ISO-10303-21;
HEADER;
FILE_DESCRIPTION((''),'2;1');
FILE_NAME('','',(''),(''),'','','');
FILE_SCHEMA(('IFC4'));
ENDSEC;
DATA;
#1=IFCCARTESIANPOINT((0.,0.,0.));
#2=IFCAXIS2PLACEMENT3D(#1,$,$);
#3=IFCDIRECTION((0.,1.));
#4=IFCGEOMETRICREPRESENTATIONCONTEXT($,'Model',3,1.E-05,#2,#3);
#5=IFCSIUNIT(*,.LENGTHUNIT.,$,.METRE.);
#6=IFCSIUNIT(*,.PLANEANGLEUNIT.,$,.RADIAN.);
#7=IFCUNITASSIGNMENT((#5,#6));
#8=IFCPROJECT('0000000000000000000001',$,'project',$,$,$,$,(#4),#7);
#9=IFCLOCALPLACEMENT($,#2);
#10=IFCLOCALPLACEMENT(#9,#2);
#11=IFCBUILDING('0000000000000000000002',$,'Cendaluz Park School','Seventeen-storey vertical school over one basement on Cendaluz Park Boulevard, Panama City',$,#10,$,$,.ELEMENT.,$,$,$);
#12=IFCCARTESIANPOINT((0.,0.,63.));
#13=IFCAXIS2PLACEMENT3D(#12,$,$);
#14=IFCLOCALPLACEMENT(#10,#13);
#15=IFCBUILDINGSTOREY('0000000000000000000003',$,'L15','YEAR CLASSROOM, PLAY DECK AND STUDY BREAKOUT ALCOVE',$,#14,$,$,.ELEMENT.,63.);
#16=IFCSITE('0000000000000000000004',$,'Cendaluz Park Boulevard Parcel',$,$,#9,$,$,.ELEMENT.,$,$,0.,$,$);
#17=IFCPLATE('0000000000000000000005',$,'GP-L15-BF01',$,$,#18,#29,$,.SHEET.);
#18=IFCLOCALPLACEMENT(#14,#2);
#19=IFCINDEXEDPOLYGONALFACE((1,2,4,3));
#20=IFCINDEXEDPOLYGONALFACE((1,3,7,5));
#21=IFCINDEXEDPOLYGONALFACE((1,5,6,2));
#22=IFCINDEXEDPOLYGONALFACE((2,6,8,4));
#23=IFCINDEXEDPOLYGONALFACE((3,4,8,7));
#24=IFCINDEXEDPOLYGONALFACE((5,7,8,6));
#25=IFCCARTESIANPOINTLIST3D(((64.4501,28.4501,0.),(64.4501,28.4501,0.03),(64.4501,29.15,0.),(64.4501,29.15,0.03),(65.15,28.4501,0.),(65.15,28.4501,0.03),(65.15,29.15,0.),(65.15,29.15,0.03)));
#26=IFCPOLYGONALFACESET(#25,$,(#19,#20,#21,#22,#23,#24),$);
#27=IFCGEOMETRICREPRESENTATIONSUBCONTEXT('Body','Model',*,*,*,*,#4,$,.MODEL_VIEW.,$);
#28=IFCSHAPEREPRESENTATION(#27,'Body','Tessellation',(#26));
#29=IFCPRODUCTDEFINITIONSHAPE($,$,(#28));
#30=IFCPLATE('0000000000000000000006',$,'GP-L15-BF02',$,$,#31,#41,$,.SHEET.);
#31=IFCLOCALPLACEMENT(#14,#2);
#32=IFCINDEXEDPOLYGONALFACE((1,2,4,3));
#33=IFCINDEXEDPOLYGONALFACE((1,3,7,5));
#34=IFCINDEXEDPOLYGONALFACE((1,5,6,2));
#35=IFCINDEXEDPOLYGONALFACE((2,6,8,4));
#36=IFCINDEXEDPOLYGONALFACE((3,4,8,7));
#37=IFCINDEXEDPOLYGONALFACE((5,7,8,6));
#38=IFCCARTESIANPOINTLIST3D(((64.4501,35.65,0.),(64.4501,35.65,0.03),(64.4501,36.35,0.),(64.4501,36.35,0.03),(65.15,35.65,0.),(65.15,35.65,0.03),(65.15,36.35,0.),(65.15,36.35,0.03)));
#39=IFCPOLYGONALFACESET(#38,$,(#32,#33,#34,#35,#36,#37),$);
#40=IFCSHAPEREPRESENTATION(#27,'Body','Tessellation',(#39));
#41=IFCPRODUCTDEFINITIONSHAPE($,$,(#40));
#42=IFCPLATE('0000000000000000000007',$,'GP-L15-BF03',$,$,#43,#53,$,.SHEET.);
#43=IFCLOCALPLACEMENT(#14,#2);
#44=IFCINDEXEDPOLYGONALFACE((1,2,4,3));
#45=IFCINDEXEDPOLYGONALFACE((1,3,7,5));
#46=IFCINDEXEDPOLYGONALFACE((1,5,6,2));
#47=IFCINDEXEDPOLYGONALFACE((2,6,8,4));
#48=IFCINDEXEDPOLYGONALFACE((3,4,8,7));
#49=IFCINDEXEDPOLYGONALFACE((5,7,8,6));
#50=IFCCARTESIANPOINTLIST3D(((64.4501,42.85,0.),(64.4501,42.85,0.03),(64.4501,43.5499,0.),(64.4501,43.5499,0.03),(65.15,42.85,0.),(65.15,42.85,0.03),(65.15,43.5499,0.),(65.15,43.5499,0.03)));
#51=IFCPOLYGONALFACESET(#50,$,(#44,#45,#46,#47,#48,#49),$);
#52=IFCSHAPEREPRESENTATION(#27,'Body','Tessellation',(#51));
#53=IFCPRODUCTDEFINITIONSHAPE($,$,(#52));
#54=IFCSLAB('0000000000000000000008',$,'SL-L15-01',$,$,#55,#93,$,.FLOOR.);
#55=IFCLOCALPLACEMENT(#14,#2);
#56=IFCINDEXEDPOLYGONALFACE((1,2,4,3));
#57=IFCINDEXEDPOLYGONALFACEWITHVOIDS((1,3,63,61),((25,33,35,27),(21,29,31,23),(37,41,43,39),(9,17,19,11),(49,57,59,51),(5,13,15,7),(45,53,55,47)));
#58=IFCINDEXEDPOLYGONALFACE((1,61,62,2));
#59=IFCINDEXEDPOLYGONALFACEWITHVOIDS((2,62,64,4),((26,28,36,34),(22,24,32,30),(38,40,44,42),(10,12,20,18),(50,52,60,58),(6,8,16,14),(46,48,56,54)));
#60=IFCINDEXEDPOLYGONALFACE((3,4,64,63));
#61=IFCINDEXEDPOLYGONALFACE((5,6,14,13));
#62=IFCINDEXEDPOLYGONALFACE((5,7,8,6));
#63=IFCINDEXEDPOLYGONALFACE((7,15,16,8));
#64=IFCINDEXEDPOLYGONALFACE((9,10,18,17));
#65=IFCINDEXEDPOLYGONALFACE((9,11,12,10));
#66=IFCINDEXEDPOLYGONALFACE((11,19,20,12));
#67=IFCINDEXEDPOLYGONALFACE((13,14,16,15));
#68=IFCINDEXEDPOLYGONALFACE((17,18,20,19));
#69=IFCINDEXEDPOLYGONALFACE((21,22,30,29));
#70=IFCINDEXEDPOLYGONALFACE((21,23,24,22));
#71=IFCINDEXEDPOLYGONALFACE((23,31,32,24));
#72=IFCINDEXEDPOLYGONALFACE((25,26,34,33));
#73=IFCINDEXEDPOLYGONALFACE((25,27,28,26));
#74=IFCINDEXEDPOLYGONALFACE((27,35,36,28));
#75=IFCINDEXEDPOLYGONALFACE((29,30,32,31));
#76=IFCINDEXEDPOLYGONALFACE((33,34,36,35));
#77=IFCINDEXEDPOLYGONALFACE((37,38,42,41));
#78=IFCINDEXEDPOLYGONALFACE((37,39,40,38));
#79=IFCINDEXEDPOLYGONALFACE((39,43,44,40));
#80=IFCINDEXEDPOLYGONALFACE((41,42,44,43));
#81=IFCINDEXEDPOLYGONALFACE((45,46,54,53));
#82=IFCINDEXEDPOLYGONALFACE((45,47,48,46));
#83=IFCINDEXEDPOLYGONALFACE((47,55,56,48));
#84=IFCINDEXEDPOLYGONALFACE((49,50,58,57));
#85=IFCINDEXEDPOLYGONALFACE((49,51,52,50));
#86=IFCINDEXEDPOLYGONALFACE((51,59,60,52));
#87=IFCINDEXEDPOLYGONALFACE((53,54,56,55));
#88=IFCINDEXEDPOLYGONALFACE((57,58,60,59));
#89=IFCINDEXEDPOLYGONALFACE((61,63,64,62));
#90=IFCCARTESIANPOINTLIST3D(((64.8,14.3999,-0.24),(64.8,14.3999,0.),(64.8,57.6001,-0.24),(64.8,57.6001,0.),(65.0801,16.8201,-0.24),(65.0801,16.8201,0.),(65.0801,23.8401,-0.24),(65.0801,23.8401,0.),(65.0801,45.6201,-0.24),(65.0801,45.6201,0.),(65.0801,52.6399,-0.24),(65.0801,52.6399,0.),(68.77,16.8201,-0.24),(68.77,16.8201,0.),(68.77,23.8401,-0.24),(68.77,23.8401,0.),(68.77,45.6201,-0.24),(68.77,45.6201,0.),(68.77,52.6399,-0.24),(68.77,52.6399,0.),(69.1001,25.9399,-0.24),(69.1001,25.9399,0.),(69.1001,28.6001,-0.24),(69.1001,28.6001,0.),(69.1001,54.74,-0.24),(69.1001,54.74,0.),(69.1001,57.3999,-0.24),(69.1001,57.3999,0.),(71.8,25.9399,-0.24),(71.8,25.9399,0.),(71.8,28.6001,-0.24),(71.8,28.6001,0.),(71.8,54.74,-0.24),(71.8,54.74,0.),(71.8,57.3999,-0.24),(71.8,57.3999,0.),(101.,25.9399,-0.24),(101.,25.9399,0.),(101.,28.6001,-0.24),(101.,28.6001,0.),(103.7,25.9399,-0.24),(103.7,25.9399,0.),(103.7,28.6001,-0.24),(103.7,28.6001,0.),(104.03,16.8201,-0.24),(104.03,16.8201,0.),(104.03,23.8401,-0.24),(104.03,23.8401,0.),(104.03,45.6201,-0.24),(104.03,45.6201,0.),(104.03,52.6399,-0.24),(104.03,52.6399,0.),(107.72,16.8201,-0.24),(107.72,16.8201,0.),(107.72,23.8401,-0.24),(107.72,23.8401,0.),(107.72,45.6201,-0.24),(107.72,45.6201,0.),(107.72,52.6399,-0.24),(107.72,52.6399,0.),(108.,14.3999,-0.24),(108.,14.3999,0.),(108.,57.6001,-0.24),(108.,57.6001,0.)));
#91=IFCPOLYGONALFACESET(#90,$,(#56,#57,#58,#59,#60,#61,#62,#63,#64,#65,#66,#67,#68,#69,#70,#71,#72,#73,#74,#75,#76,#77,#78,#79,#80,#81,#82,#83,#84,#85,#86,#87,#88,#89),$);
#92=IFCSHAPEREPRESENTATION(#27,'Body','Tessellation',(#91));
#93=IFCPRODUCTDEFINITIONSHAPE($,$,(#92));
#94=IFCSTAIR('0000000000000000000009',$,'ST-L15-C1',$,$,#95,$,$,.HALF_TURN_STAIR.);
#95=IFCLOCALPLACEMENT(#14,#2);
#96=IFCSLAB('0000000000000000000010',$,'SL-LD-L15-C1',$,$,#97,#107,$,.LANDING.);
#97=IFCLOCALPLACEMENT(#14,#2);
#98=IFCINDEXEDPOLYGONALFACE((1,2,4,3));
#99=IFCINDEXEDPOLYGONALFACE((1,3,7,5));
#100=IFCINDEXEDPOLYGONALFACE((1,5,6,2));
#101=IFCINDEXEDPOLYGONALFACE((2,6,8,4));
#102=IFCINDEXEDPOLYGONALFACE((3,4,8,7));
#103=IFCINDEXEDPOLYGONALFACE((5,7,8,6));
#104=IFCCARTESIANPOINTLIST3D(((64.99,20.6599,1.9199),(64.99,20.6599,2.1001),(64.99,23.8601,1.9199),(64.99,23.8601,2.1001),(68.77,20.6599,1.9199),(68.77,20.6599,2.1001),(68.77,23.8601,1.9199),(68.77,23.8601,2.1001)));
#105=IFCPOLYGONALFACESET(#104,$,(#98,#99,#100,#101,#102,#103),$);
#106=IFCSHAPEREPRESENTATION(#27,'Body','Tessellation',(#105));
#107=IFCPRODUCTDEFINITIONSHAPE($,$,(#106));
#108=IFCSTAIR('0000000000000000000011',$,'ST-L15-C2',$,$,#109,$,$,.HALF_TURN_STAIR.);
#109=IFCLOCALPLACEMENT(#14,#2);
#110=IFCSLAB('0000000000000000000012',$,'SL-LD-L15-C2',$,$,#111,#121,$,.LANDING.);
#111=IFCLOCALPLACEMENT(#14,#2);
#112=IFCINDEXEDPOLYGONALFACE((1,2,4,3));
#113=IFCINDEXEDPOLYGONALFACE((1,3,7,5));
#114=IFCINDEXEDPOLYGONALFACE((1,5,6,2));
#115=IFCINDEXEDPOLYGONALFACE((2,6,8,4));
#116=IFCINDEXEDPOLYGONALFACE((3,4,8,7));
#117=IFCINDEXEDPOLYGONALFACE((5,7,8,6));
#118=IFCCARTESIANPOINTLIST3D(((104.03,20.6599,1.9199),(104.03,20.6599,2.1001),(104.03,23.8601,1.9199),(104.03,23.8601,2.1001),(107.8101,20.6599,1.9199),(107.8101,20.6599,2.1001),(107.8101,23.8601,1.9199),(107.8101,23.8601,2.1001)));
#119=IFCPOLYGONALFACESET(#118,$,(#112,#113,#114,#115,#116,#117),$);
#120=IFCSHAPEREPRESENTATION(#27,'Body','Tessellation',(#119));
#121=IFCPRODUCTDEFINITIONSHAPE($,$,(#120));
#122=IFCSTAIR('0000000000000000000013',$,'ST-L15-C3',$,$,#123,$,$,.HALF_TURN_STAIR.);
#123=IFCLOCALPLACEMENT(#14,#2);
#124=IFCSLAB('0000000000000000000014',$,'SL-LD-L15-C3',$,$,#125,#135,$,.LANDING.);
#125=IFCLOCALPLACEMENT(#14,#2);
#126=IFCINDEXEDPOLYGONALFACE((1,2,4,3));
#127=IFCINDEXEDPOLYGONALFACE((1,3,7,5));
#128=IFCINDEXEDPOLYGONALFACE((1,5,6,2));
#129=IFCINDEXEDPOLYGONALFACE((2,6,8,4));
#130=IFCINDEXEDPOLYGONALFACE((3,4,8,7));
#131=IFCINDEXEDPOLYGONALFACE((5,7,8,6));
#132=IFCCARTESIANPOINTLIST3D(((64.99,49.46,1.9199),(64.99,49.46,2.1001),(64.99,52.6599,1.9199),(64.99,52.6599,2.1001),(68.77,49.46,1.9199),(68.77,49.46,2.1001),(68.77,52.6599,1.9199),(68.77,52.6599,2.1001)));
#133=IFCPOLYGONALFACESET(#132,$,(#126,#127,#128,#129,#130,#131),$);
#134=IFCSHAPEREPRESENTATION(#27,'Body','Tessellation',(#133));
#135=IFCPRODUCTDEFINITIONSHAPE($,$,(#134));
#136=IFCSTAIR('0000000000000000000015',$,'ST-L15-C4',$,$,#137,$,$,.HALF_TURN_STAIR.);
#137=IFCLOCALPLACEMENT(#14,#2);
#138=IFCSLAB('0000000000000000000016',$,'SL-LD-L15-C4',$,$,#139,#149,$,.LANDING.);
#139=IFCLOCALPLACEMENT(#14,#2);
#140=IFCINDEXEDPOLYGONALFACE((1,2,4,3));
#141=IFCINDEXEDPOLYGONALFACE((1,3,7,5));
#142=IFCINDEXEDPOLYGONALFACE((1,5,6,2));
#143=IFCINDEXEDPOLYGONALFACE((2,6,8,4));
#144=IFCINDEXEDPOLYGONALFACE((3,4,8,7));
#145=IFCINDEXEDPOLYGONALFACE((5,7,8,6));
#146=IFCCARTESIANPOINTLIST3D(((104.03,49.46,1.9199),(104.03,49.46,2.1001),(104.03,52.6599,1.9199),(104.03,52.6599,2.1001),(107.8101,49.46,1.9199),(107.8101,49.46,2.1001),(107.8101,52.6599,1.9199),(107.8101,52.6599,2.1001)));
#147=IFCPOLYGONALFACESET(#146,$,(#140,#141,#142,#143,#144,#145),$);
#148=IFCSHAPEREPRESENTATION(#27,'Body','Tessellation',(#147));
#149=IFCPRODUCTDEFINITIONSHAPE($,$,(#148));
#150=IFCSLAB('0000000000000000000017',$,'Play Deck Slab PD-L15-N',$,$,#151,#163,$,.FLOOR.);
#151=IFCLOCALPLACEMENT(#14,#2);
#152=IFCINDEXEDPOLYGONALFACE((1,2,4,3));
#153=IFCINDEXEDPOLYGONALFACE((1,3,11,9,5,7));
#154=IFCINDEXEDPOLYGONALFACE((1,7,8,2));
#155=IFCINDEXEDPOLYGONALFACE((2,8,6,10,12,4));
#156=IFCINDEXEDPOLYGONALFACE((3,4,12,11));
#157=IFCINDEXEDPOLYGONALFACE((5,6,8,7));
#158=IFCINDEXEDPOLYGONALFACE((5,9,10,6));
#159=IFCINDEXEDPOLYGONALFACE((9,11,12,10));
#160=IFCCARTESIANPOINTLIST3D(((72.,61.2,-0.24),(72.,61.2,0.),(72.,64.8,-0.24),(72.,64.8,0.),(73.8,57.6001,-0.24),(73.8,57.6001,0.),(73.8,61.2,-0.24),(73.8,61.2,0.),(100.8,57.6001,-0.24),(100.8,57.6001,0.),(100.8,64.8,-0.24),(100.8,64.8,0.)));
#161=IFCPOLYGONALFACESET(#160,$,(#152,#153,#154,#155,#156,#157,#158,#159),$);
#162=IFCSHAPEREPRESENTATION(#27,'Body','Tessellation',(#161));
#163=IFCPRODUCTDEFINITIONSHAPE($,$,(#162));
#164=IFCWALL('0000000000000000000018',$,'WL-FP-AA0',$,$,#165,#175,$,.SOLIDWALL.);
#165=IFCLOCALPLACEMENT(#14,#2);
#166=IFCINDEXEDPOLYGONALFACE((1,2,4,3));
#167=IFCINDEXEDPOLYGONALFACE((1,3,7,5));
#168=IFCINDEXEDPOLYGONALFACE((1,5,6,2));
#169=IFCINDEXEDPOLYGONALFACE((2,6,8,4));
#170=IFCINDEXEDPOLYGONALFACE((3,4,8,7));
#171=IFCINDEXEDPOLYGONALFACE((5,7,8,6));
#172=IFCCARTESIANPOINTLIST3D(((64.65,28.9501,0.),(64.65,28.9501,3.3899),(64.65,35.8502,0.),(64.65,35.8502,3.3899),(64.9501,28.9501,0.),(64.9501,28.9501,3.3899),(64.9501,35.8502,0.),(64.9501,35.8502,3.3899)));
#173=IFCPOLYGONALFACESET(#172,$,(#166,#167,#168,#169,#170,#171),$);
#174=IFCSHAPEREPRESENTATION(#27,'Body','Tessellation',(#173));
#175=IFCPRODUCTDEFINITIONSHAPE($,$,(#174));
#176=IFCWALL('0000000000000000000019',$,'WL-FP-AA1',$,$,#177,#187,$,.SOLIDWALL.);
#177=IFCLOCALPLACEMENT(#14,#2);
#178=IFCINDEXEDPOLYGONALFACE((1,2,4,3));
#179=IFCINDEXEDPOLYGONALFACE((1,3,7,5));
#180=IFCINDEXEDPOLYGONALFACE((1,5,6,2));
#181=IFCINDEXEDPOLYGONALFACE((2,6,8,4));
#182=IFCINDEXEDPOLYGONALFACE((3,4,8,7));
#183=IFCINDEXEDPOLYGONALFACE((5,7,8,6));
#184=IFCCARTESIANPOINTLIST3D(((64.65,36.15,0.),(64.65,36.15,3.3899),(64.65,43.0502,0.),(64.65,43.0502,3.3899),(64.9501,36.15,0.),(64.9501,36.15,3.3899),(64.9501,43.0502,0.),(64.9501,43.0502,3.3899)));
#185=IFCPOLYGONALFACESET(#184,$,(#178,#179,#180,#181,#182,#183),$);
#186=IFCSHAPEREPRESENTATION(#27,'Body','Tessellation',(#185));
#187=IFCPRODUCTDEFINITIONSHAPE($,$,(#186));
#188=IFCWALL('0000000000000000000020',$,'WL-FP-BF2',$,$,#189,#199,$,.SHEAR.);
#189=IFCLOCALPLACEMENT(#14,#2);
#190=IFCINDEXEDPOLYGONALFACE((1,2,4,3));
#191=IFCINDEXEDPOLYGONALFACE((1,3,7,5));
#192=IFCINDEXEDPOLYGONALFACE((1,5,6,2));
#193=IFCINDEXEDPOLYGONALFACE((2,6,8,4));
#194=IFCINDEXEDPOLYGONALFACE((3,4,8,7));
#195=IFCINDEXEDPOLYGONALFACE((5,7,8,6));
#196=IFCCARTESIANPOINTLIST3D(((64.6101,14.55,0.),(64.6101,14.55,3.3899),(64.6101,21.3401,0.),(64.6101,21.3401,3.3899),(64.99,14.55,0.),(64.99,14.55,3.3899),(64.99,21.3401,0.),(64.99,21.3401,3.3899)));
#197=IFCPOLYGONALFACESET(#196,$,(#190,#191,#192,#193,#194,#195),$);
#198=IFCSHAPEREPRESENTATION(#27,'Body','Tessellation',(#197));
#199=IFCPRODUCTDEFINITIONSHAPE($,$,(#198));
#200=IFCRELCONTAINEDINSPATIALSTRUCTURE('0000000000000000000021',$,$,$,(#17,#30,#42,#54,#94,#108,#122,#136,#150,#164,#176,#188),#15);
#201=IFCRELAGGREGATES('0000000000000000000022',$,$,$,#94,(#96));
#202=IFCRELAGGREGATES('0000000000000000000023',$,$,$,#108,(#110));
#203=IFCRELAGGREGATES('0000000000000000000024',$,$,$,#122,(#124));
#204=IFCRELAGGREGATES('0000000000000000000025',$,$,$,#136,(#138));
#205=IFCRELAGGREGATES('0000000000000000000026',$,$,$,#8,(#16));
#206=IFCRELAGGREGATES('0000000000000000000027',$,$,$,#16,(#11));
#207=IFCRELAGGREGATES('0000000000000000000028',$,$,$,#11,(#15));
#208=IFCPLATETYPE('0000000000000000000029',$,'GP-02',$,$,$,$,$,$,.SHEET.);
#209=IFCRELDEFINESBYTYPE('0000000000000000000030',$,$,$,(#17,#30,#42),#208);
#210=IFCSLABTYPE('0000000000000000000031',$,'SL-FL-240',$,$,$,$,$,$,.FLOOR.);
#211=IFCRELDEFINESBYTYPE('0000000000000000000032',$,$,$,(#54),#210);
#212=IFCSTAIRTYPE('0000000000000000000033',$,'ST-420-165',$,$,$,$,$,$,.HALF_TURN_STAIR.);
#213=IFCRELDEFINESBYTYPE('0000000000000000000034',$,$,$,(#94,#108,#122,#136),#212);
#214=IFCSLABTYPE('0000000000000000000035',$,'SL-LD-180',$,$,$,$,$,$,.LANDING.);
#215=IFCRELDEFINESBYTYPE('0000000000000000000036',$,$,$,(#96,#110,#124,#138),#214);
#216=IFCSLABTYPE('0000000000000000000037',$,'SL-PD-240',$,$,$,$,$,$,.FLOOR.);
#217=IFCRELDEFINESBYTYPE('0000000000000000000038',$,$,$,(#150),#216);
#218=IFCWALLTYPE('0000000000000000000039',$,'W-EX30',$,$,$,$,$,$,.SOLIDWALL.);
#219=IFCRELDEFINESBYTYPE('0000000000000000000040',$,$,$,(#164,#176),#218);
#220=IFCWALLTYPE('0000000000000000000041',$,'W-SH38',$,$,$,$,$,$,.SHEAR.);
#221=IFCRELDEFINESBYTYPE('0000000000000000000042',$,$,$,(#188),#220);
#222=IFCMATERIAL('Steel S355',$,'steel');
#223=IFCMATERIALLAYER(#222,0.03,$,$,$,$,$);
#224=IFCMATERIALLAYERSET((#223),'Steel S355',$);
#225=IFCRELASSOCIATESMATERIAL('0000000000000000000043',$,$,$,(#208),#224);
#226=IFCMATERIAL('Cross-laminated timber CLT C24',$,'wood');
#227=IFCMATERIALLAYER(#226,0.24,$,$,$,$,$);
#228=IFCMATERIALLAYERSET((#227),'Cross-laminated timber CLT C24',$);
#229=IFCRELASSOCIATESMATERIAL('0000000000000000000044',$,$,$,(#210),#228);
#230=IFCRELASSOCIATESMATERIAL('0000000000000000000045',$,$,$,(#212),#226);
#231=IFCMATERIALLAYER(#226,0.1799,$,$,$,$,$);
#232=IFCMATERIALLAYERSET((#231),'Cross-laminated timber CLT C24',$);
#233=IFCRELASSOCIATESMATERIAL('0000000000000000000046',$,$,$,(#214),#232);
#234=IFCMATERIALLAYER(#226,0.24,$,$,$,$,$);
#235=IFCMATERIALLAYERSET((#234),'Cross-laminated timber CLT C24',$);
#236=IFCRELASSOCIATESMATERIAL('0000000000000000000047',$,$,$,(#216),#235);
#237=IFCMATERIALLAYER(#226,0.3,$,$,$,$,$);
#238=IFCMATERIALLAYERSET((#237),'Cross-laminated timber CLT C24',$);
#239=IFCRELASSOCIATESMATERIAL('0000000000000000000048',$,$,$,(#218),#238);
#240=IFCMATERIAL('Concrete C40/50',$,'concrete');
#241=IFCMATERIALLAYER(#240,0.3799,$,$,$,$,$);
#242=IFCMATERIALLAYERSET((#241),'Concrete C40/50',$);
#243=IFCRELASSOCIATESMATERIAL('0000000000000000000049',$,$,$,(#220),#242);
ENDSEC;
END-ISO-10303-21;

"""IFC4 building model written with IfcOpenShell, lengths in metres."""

from ifc_helpers import new_model, si_unit, direction, frame, frame_2d, origin, origin_2d, place, context, subcontext, project, spatial, polyline, rectangle, outline, extrude, material, layer, layer_set, type_object, element, aggregate, save


model = new_model("IFC4")

# Units and contexts
model_context = context("Model", 3, precision=1e-05, world=origin(), true_north=direction((0.0, 1.0)))
body_context = subcontext(model_context, "Body", "Model", "MODEL_VIEW")
ifc_project = project(units=[si_unit("LENGTHUNIT", "METRE"), si_unit("PLANEANGLEUNIT", "RADIAN")], contexts=[model_context])

# Site, building, storey
site_placement = place(None, origin())
site = spatial("IfcSite", under=ifc_project, at=site_placement, Name="Cendaluz Park Boulevard Parcel", CompositionType="ELEMENT", RefElevation=0.0)
building_placement = place(site_placement, origin())
building = spatial("IfcBuilding", under=site, at=building_placement, Name="Cendaluz Park School", Description="Seventeen-storey vertical school over one basement on Cendaluz Park Boulevard, Panama City", CompositionType="ELEMENT")
storey_placement = place(building_placement, frame((0.0, 0.0, 63.0)))
storey = spatial("IfcBuildingStorey", under=building, at=storey_placement, Name="L15", Description="YEAR CLASSROOM, PLAY DECK AND STUDY BREAKOUT ALCOVE", CompositionType="ELEMENT", Elevation=63.0)

# Plates
ifc_material_1 = material(Name="Steel S355", Category="steel")
ifc_layer_1 = layer(ifc_material_1, 0.03)
ifc_layer_set_1 = layer_set([ifc_layer_1], Name="Steel S355")
plate_type = type_object("IfcPlateType", Name="GP-02", PredefinedType="SHEET", material=ifc_layer_set_1)
for number, where, z_axis, x_axis, name in (
    (1, (64.8, 28.8, 0.0), (0.0, 0.0, 1.0), (1.0, 0.0, 0.0), "GP-L15-BF01"),
    (2, (64.8, 36.0, 0.0), (0.0, 0.0, 1.0), (1.0, 0.0, 0.0), "GP-L15-BF02"),
    (3, (64.8, 43.2, 0.0), (0.0, 0.0, 1.0), (1.0, 0.0, 0.0), "GP-L15-BF03"),
):
    element("IfcPlate", number, at=place(storey_placement, frame(where, z_axis=z_axis, x_axis=x_axis)), inside=storey, type_object=plate_type, Name=name, PredefinedType="SHEET", context=body_context, shape_type="SweptSolid", body=[
        extrude(rectangle(XDim=0.7, YDim=0.7, at=origin_2d()), origin(), (0.0, 0.0, 1.0), 0.03),
    ])

# Slab
ifc_material_2 = material(Name="Cross-laminated timber CLT C24", Category="wood")
ifc_layer_2 = layer(ifc_material_2, 0.24)
ifc_layer_set_2 = layer_set([ifc_layer_2], Name="Cross-laminated timber CLT C24")
slab_type_1 = type_object("IfcSlabType", Name="SL-FL-240", PredefinedType="FLOOR", material=ifc_layer_set_2)
slab_1_placement = place(storey_placement, frame((0.0, 0.0, -0.24)))
element("IfcSlab", 4, at=slab_1_placement, inside=storey, type_object=slab_type_1, Name="SL-L15-01", PredefinedType="FLOOR", context=body_context, shape_type="SweptSolid", body=[
    extrude(outline(polyline([(64.8, 57.6001), (108.0, 57.6001), (108.0, 14.3999), (64.8, 14.3999), (64.8, 57.6001)]), holes=[polyline([(65.0801, 16.8201), (68.77, 16.8201), (68.77, 23.8401), (65.0801, 23.8401), (65.0801, 16.8201)]), polyline([(69.1001, 28.6001), (69.1001, 25.9399), (71.8, 25.9399), (71.8, 28.6001), (69.1001, 28.6001)]), polyline([(107.72, 23.8401), (104.03, 23.8401), (104.03, 16.8201), (107.72, 16.8201), (107.72, 23.8401)]), polyline([(103.7, 25.9399), (103.7, 28.6001), (101.0, 28.6001), (101.0, 25.9399), (103.7, 25.9399)]), polyline([(65.0801, 45.6201), (68.77, 45.6201), (68.77, 52.6399), (65.0801, 52.6399), (65.0801, 45.6201)]), polyline([(69.1001, 57.3999), (69.1001, 54.74), (71.8, 54.74), (71.8, 57.3999), (69.1001, 57.3999)]), polyline([(107.72, 52.6399), (104.03, 52.6399), (104.03, 45.6201), (107.72, 45.6201), (107.72, 52.6399)])]), origin(), (0.0, 0.0, 1.0), 0.24),
])

# Stairs, slabs
stair_type = type_object("IfcStairType", Name="ST-420-165", PredefinedType="HALF_TURN_STAIR", material=ifc_material_2)
stair_1_placement = place(storey_placement, origin())
stair_1 = element("IfcStair", 5, at=stair_1_placement, inside=storey, type_object=stair_type, Name="ST-L15-C1", PredefinedType="HALF_TURN_STAIR")
ifc_layer_3 = layer(ifc_material_2, 0.1799)
ifc_layer_set_3 = layer_set([ifc_layer_3], Name="Cross-laminated timber CLT C24")
slab_type_2 = type_object("IfcSlabType", Name="SL-LD-180", PredefinedType="LANDING", material=ifc_layer_set_3)
slab_2_placement = place(storey_placement, frame((0.0, 0.0, 1.9199)))
slab_2 = element("IfcSlab", 6, at=slab_2_placement, type_object=slab_type_2, Name="SL-LD-L15-C1", PredefinedType="LANDING", context=body_context, shape_type="SweptSolid", body=[
    extrude(outline(polyline([(64.99, 20.6599), (68.77, 20.6599), (68.77, 23.8601), (64.99, 23.8601), (64.99, 20.6599)])), origin(), (0.0, 0.0, 1.0), 0.1802),
])
aggregate(stair_1, [slab_2])
stair_2_placement = place(storey_placement, origin())
stair_2 = element("IfcStair", 7, at=stair_2_placement, inside=storey, type_object=stair_type, Name="ST-L15-C2", PredefinedType="HALF_TURN_STAIR")
slab_3_placement = place(storey_placement, frame((0.0, 0.0, 1.9199)))
slab_3 = element("IfcSlab", 8, at=slab_3_placement, type_object=slab_type_2, Name="SL-LD-L15-C2", PredefinedType="LANDING", context=body_context, shape_type="SweptSolid", body=[
    extrude(outline(polyline([(104.03, 20.6599), (107.8101, 20.6599), (107.8101, 23.8601), (104.03, 23.8601), (104.03, 20.6599)])), origin(), (0.0, 0.0, 1.0), 0.1802),
])
aggregate(stair_2, [slab_3])
stair_3_placement = place(storey_placement, origin())
stair_3 = element("IfcStair", 9, at=stair_3_placement, inside=storey, type_object=stair_type, Name="ST-L15-C3", PredefinedType="HALF_TURN_STAIR")
slab_4_placement = place(storey_placement, frame((0.0, 0.0, 1.9199)))
slab_4 = element("IfcSlab", 10, at=slab_4_placement, type_object=slab_type_2, Name="SL-LD-L15-C3", PredefinedType="LANDING", context=body_context, shape_type="SweptSolid", body=[
    extrude(outline(polyline([(64.99, 49.46), (68.77, 49.46), (68.77, 52.6599), (64.99, 52.6599), (64.99, 49.46)])), origin(), (0.0, 0.0, 1.0), 0.1802),
])
aggregate(stair_3, [slab_4])
stair_4_placement = place(storey_placement, origin())
stair_4 = element("IfcStair", 11, at=stair_4_placement, inside=storey, type_object=stair_type, Name="ST-L15-C4", PredefinedType="HALF_TURN_STAIR")
slab_5_placement = place(storey_placement, frame((0.0, 0.0, 1.9199)))
slab_5 = element("IfcSlab", 12, at=slab_5_placement, type_object=slab_type_2, Name="SL-LD-L15-C4", PredefinedType="LANDING", context=body_context, shape_type="SweptSolid", body=[
    extrude(outline(polyline([(104.03, 49.46), (107.8101, 49.46), (107.8101, 52.6599), (104.03, 52.6599), (104.03, 49.46)])), origin(), (0.0, 0.0, 1.0), 0.1802),
])
aggregate(stair_4, [slab_5])

# Slab
ifc_layer_4 = layer(ifc_material_2, 0.24)
ifc_layer_set_4 = layer_set([ifc_layer_4], Name="Cross-laminated timber CLT C24")
slab_type_3 = type_object("IfcSlabType", Name="SL-PD-240", PredefinedType="FLOOR", material=ifc_layer_set_4)
slab_6_placement = place(storey_placement, frame((0.0, 0.0, -0.24)))
element("IfcSlab", 13, at=slab_6_placement, inside=storey, type_object=slab_type_3, Name="Play Deck Slab PD-L15-N", PredefinedType="FLOOR", context=body_context, shape_type="SweptSolid", body=[
    extrude(outline(polyline([(100.8, 64.8), (100.8, 57.6001), (73.8, 57.6001), (73.8, 61.2), (72.0, 61.2), (72.0, 64.8), (100.8, 64.8)])), origin(), (0.0, 0.0, 1.0), 0.24),
])

# Walls
ifc_layer_5 = layer(ifc_material_2, 0.3)
ifc_layer_set_5 = layer_set([ifc_layer_5], Name="Cross-laminated timber CLT C24")
wall_type_1 = type_object("IfcWallType", Name="W-EX30", PredefinedType="SOLIDWALL", material=ifc_layer_set_5)
for number, where, z_axis, x_axis, name in (
    (14, (64.8, 28.95, 0.0), (0.0, 0.0, 1.0), (0.0, 1.0, 0.0), "WL-FP-AA0"),
    (15, (64.8, 36.1499, 0.0), (0.0, 0.0, 1.0), (0.0, 1.0, 0.0), "WL-FP-AA1"),
):
    element("IfcWall", number, at=place(storey_placement, frame(where, z_axis=z_axis, x_axis=x_axis)), inside=storey, type_object=wall_type_1, Name=name, PredefinedType="SOLIDWALL", context=body_context, shape_type="SweptSolid", body=[
        extrude(rectangle(XDim=6.9001, YDim=0.3, at=frame_2d((3.4502, 0.0))), origin(), (0.0, 0.0, 1.0), 3.3899),
    ])
ifc_material_3 = material(Name="Concrete C40/50", Category="concrete")
ifc_layer_6 = layer(ifc_material_3, 0.3799)
ifc_layer_set_6 = layer_set([ifc_layer_6], Name="Concrete C40/50")
wall_type_2 = type_object("IfcWallType", Name="W-SH38", PredefinedType="SHEAR", material=ifc_layer_set_6)
wall_1_placement = place(storey_placement, frame((64.8, 14.55, 0.0), z_axis=(0.0, 0.0, 1.0), x_axis=(0.0, 1.0, 0.0)))
element("IfcWall", 16, at=wall_1_placement, inside=storey, type_object=wall_type_2, Name="WL-FP-BF2", PredefinedType="SHEAR", context=body_context, shape_type="SweptSolid", body=[
    extrude(rectangle(XDim=6.79, YDim=0.3799, at=frame_2d((3.395, 0.0))), origin(), (0.0, 0.0, 1.0), 3.3899),
])

save(model, "model.ifc")
